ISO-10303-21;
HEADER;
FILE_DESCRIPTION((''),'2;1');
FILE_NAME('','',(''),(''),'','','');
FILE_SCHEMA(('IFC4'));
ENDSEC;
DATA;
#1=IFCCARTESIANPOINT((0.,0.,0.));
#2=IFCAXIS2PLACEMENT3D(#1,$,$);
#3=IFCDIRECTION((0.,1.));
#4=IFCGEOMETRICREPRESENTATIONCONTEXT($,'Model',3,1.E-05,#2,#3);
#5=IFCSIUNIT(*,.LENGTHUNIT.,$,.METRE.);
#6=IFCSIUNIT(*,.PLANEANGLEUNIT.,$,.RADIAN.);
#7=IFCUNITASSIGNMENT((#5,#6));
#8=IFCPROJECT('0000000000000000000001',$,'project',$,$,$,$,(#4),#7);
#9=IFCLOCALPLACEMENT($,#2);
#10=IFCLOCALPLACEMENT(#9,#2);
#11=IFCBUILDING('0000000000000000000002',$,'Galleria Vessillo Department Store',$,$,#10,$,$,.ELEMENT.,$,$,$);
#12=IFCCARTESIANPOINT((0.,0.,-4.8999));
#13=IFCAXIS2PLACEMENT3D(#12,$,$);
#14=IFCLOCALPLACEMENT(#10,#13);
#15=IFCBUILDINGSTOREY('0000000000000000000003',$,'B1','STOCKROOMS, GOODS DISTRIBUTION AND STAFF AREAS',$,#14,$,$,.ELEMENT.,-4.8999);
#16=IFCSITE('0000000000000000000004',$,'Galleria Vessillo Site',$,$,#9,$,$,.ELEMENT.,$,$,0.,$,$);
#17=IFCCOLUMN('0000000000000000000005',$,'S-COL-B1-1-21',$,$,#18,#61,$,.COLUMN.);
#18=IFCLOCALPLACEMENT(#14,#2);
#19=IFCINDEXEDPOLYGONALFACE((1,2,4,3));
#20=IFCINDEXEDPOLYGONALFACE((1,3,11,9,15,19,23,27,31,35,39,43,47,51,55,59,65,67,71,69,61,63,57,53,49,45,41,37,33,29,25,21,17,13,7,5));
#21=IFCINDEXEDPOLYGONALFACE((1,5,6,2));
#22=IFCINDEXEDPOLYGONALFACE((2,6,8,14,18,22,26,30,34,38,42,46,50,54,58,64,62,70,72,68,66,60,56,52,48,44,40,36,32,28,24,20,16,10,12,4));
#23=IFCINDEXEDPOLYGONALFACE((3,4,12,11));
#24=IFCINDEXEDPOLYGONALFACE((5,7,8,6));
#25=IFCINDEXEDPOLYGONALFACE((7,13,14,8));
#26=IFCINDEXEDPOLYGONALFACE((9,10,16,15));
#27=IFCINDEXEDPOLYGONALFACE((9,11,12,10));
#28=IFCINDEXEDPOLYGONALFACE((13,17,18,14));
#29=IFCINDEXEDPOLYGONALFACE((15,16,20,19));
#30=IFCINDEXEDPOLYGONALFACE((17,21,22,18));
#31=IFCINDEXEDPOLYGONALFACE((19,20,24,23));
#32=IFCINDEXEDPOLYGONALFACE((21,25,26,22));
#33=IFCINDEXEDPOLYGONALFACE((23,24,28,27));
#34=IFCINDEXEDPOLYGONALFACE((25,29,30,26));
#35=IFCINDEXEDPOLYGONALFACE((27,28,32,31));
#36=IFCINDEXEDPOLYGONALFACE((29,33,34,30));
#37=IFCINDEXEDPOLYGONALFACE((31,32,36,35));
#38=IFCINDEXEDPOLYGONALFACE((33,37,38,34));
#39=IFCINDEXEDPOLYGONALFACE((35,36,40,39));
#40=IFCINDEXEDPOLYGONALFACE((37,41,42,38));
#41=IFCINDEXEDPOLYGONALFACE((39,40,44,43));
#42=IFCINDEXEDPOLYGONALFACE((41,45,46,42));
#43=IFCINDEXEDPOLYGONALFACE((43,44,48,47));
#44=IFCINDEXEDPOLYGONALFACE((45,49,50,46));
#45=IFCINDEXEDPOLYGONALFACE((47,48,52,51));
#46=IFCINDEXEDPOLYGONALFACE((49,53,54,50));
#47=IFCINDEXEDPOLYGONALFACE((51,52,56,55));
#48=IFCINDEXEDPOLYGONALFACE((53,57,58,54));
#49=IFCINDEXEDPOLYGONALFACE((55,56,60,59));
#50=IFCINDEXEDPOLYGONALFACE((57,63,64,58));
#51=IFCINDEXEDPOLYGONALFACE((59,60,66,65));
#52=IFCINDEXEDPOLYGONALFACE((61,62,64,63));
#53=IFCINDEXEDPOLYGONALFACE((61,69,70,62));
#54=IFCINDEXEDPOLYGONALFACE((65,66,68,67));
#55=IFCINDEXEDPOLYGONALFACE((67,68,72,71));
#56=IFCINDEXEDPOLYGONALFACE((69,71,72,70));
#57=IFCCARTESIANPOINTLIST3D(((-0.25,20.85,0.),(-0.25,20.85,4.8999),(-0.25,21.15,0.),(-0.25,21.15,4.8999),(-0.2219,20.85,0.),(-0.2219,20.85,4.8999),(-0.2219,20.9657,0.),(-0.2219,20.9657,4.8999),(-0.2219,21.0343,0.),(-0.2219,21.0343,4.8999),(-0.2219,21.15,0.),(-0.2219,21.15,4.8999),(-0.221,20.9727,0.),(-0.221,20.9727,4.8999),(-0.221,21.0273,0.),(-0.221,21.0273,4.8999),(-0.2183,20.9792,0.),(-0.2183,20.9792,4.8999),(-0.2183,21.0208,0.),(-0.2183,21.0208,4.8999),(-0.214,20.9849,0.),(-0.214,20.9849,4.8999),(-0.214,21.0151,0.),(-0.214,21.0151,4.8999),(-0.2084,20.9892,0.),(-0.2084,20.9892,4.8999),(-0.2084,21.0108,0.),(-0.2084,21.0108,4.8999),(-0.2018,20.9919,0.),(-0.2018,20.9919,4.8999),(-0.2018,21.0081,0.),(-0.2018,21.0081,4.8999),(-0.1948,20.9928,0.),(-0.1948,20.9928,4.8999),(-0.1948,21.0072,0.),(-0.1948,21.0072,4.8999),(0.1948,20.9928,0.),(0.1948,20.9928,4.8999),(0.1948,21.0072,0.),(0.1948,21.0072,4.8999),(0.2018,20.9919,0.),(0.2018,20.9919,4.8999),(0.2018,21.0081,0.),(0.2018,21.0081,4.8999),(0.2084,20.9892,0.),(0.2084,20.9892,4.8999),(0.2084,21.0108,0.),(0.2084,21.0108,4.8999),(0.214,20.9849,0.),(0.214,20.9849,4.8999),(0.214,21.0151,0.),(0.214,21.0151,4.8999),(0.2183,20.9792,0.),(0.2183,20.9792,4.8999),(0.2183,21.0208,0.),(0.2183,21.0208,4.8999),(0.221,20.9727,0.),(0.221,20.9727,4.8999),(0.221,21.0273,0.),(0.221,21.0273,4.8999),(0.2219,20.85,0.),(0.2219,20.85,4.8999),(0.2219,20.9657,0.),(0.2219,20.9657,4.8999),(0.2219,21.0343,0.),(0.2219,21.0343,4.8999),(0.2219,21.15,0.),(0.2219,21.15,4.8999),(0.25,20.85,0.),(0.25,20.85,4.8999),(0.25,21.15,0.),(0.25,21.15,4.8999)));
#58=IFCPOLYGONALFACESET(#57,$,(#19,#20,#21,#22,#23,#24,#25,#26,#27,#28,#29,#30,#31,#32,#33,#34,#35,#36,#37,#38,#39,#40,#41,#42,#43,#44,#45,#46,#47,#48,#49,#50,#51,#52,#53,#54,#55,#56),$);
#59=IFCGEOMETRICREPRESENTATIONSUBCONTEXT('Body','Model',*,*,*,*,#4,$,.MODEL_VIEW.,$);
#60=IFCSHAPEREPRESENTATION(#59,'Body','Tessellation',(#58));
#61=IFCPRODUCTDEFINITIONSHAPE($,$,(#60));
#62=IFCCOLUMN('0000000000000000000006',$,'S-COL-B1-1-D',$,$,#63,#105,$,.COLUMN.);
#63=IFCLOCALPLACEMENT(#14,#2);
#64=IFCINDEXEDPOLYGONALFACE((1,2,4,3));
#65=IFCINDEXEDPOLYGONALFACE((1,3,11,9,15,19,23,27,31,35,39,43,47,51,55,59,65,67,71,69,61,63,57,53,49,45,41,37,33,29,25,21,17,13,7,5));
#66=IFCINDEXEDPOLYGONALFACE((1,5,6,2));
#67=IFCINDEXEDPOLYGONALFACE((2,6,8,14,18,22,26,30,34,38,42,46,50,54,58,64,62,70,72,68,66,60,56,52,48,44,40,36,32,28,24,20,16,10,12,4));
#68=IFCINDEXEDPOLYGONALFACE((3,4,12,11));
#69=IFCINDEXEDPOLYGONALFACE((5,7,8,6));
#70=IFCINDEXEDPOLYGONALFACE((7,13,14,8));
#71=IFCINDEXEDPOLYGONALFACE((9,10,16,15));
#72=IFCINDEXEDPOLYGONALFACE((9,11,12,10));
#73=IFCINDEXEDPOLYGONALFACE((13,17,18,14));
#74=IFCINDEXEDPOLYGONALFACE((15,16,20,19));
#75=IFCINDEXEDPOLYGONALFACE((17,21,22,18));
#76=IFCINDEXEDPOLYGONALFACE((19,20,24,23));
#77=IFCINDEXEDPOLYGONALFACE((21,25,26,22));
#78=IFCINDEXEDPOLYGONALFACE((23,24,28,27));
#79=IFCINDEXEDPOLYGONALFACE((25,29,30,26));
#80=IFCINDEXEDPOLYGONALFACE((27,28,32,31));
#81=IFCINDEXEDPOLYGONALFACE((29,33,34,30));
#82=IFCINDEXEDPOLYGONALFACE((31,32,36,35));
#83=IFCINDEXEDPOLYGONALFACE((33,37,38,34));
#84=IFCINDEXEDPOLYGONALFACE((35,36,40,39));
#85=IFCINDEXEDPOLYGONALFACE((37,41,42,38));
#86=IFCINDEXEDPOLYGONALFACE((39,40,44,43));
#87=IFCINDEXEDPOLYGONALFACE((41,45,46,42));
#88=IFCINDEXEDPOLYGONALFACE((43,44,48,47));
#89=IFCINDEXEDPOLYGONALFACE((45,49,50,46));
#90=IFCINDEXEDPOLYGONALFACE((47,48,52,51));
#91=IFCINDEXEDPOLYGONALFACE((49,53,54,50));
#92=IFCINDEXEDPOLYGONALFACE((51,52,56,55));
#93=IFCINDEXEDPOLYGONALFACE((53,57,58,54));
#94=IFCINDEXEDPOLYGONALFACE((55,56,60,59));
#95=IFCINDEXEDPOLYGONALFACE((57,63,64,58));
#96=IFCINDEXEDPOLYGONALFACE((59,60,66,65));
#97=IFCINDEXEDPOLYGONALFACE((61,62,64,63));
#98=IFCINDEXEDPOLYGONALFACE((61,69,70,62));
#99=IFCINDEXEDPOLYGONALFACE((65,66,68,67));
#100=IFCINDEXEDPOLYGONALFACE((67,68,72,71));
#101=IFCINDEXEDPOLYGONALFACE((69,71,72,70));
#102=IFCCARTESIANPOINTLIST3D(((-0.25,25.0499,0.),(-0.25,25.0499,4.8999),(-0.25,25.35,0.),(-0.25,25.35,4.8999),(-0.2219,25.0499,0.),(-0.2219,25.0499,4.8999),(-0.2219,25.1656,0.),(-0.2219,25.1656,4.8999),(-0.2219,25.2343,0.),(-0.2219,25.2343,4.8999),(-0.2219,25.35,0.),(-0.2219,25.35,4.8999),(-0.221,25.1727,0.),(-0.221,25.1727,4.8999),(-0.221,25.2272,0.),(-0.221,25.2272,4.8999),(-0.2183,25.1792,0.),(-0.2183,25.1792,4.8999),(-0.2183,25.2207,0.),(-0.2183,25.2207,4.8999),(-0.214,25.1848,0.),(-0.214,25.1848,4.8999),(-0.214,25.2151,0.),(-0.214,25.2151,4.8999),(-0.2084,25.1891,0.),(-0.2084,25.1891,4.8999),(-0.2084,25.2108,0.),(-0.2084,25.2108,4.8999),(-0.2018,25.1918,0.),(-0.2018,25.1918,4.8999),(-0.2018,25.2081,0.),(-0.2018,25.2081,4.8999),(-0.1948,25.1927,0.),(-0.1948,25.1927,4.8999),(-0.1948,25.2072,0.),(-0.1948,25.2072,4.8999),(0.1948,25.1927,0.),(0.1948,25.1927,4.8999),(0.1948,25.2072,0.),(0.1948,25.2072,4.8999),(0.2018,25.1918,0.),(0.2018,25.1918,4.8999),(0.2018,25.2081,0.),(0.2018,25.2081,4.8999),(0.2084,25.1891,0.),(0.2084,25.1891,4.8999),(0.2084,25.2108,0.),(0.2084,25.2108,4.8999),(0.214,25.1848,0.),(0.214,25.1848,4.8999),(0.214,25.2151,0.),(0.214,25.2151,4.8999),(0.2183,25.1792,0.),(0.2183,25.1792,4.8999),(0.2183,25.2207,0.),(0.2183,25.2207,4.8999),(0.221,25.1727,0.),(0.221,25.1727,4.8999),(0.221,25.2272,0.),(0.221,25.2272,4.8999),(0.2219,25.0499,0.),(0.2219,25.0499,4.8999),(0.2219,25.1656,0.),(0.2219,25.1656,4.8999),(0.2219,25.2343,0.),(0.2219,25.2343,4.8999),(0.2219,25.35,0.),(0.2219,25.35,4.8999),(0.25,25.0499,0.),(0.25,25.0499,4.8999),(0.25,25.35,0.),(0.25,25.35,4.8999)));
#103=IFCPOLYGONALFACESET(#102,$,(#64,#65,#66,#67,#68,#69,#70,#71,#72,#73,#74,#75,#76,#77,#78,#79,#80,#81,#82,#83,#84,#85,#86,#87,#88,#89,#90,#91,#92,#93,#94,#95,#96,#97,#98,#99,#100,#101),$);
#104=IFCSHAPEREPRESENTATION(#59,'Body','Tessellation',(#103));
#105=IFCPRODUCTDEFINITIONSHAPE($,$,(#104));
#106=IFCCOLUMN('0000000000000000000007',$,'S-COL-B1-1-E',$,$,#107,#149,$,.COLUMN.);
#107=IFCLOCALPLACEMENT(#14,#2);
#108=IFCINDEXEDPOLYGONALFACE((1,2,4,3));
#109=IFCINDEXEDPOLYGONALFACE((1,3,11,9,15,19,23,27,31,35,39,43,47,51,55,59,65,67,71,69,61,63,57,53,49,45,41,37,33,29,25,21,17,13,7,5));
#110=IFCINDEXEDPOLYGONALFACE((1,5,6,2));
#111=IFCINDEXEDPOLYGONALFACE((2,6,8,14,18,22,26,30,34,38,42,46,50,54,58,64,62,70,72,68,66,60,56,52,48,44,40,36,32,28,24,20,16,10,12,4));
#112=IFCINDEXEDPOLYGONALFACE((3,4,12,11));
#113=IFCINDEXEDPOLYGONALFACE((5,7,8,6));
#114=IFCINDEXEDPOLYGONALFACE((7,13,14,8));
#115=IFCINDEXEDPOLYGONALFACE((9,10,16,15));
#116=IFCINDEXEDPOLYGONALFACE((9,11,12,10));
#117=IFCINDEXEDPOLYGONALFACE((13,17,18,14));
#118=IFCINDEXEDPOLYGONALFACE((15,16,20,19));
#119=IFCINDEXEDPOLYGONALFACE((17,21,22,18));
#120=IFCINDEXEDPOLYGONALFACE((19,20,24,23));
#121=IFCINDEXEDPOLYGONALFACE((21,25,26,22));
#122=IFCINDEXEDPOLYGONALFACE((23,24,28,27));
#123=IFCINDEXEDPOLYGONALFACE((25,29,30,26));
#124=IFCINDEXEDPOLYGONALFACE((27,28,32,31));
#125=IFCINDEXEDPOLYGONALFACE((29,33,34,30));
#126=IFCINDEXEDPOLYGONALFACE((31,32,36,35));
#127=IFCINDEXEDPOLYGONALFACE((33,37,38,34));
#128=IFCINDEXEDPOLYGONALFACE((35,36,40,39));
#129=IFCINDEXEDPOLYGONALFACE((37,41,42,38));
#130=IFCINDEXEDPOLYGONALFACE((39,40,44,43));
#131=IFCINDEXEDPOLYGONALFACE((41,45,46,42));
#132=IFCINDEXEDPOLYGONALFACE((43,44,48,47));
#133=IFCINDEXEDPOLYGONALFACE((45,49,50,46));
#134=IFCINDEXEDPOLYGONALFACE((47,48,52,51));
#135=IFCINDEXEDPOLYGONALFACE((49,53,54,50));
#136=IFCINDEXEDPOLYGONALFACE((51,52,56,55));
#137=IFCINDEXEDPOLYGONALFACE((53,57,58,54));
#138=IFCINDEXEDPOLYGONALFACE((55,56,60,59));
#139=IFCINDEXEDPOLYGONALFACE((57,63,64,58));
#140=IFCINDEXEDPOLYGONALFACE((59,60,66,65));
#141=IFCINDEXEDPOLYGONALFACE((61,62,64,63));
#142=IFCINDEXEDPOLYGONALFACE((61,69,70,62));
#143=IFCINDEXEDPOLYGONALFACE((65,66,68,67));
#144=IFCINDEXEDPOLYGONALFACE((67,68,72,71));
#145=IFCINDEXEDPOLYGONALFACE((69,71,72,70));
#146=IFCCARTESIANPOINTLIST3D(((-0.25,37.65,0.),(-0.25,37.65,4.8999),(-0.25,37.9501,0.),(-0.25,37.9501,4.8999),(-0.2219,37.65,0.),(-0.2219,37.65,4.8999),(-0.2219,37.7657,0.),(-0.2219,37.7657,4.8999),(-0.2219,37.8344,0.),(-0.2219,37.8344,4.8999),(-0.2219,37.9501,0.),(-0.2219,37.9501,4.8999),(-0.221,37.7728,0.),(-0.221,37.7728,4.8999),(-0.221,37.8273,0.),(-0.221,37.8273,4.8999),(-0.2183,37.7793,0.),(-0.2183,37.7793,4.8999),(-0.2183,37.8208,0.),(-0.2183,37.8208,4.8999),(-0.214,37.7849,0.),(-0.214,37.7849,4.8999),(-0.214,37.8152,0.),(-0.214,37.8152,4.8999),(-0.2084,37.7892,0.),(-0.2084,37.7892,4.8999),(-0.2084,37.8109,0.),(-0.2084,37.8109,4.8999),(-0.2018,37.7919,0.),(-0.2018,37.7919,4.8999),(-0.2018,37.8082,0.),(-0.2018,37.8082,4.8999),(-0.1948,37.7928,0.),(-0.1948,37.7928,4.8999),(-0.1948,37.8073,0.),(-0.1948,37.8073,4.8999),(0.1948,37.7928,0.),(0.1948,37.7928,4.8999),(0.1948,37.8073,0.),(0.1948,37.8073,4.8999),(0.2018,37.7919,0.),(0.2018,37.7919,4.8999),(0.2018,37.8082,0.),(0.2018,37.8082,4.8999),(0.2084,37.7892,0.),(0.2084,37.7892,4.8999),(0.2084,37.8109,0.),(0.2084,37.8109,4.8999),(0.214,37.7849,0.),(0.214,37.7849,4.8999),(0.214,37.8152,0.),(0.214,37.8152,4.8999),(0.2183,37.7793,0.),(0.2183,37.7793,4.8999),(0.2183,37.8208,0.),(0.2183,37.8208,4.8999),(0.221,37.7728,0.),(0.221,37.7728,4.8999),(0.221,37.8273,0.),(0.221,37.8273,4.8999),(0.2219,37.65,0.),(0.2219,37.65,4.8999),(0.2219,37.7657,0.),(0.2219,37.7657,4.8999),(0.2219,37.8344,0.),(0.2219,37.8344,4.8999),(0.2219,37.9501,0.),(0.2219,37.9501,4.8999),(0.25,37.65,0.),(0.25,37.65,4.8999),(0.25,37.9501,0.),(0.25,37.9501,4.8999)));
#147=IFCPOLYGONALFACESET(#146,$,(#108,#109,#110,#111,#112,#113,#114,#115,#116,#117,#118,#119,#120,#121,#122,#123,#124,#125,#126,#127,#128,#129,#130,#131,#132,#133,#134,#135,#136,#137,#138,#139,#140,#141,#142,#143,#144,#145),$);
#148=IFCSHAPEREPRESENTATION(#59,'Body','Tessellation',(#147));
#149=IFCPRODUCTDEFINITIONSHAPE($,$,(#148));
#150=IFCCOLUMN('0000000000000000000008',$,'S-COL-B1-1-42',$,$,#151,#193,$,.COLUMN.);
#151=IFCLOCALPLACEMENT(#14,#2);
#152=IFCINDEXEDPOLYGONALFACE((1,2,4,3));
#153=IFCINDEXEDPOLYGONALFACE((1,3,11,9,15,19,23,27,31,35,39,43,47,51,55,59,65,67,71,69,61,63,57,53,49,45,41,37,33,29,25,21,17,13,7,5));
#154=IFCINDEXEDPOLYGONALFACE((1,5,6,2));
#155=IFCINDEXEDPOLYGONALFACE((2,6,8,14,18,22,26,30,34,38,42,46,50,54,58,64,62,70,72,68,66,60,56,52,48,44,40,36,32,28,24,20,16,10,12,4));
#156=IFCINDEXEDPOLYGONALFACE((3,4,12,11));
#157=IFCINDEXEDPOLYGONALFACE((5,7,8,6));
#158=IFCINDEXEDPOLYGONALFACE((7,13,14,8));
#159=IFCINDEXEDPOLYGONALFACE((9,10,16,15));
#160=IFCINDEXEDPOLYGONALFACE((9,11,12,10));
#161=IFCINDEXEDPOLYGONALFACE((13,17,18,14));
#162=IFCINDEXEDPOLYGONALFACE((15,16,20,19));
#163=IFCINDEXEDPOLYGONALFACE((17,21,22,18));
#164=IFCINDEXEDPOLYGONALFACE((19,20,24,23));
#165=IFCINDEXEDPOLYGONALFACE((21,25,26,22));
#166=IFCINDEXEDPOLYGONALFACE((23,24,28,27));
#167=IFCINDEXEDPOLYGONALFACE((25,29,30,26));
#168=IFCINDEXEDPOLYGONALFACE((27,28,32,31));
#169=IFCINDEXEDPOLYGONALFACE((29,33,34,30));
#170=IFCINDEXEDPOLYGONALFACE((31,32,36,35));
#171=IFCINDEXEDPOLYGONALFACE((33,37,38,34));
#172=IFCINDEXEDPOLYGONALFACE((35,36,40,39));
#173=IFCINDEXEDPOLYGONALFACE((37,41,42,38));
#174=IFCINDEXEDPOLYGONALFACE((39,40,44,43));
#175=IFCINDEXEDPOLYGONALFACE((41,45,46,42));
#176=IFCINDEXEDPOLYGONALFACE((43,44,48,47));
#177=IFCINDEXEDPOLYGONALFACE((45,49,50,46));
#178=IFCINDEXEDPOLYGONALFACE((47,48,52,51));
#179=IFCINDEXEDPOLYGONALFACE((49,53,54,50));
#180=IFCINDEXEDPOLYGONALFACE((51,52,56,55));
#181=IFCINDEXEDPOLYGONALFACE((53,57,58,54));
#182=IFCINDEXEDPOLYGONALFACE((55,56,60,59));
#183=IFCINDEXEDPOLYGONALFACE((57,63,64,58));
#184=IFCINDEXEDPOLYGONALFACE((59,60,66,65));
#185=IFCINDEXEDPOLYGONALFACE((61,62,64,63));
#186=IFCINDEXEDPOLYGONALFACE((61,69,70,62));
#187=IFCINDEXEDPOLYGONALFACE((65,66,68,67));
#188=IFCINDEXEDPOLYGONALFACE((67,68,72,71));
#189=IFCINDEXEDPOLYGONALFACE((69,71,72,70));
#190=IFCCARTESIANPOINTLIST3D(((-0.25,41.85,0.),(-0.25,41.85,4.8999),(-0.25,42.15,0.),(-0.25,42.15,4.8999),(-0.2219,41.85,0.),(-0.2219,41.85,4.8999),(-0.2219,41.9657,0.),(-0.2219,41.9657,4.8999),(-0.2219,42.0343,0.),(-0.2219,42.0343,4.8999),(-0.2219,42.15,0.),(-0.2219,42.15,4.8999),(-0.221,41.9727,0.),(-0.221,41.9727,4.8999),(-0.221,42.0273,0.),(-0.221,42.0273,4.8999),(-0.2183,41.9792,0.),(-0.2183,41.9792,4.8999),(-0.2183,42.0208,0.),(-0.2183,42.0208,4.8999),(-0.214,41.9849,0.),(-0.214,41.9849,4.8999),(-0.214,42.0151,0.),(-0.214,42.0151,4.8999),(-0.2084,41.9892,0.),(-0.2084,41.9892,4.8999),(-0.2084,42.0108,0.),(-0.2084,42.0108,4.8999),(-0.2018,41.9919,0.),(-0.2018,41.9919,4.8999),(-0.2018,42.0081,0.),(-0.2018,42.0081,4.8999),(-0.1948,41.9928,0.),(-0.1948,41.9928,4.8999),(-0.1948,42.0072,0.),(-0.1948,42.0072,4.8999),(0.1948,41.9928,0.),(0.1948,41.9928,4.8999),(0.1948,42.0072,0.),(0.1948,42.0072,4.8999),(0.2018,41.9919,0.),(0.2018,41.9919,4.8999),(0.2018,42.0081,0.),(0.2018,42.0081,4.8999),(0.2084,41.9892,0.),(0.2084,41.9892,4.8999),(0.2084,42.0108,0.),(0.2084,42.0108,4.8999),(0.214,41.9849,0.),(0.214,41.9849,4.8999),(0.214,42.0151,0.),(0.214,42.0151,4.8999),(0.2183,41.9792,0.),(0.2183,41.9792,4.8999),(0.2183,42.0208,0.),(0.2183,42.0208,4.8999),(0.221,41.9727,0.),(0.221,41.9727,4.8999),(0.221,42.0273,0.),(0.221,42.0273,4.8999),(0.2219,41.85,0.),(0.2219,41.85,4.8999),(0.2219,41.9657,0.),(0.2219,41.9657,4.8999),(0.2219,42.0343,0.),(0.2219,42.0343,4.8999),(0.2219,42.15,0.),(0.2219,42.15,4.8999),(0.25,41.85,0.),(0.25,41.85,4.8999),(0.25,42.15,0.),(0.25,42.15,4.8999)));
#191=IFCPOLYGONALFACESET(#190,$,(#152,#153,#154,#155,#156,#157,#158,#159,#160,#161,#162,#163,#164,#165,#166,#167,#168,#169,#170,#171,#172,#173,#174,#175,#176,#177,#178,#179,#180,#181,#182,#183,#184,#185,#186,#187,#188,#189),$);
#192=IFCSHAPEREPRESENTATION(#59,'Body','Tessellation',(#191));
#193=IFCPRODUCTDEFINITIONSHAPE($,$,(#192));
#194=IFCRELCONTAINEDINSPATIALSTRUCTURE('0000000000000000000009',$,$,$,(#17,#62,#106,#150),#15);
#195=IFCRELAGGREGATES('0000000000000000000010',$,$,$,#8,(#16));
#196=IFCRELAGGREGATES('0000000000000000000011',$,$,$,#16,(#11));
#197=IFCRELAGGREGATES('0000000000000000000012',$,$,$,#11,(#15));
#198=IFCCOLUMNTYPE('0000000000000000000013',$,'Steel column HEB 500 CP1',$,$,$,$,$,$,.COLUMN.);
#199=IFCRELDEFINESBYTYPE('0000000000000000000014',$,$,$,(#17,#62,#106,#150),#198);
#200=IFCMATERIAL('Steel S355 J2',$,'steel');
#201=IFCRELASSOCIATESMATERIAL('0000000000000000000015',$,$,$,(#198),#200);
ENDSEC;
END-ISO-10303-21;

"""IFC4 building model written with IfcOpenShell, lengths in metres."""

from ifc_helpers import new_model, si_unit, direction, frame, origin, origin_2d, place, context, subcontext, project, spatial, i_section, extrude, material, material_profile, profile_set, type_object, element, save


model = new_model("IFC4")

# Units and contexts
model_context = context("Model", 3, precision=1e-05, world=origin(), true_north=direction((0.0, 1.0)))
body_context = subcontext(model_context, "Body", "Model", "MODEL_VIEW")
ifc_project = project(units=[si_unit("LENGTHUNIT", "METRE"), si_unit("PLANEANGLEUNIT", "RADIAN")], contexts=[model_context])

# Site, building, storey
site_placement = place(None, origin())
site = spatial("IfcSite", under=ifc_project, at=site_placement, Name="Galleria Vessillo Site", CompositionType="ELEMENT", RefElevation=0.0)
building_placement = place(site_placement, origin())
building = spatial("IfcBuilding", under=site, at=building_placement, Name="Galleria Vessillo Department Store", CompositionType="ELEMENT")
storey_placement = place(building_placement, frame((0.0, 0.0, -4.8999)))
storey = spatial("IfcBuildingStorey", under=building, at=storey_placement, Name="B1", Description="STOCKROOMS, GOODS DISTRIBUTION AND STAFF AREAS", CompositionType="ELEMENT", Elevation=-4.8999)

# Columns
ifc_material_1 = material(Name="Steel S355 J2", Category="steel")
ifc_material_profile_1 = material_profile(ifc_material_1, i_section(OverallWidth=0.3, OverallDepth=0.5, WebThickness=0.0144, FlangeThickness=0.0281, FilletRadius=0.0271, at=origin_2d()), Name="HEB 500")
ifc_profile_set_1 = profile_set([ifc_material_profile_1], Name="Steel S355 J2")
column_type_1 = type_object("IfcColumnType", Name="Steel column HEB 500 CP1", PredefinedType="COLUMN", material=ifc_profile_set_1)
for number, where, z_axis, x_axis, name in (
    (1, (0.0, 21.0, 0.0), (0.0, 0.0, 1.0), (0.0, 1.0, 0.0), "S-COL-B1-1-21"),
    (2, (0.0, 25.2, 0.0), (0.0, 0.0, 1.0), (0.0, 1.0, 0.0), "S-COL-B1-1-D"),
    (3, (0.0, 37.8, 0.0), (0.0, 0.0, 1.0), (0.0, 1.0, 0.0), "S-COL-B1-1-E"),
    (4, (0.0, 42.0, 0.0), (0.0, 0.0, 1.0), (0.0, 1.0, 0.0), "S-COL-B1-1-42"),
):
    element("IfcColumn", number, at=place(storey_placement, frame(where, z_axis=z_axis, x_axis=x_axis)), inside=storey, type_object=column_type_1, Name=name, PredefinedType="COLUMN", context=body_context, shape_type="SweptSolid", body=[
        extrude(i_section(OverallWidth=0.3, OverallDepth=0.5, WebThickness=0.0144, FlangeThickness=0.0281, FilletRadius=0.0271, at=origin_2d()), origin(), (0.0, 0.0, 1.0), 4.8999),
    ])

save(model, "model.ifc")
